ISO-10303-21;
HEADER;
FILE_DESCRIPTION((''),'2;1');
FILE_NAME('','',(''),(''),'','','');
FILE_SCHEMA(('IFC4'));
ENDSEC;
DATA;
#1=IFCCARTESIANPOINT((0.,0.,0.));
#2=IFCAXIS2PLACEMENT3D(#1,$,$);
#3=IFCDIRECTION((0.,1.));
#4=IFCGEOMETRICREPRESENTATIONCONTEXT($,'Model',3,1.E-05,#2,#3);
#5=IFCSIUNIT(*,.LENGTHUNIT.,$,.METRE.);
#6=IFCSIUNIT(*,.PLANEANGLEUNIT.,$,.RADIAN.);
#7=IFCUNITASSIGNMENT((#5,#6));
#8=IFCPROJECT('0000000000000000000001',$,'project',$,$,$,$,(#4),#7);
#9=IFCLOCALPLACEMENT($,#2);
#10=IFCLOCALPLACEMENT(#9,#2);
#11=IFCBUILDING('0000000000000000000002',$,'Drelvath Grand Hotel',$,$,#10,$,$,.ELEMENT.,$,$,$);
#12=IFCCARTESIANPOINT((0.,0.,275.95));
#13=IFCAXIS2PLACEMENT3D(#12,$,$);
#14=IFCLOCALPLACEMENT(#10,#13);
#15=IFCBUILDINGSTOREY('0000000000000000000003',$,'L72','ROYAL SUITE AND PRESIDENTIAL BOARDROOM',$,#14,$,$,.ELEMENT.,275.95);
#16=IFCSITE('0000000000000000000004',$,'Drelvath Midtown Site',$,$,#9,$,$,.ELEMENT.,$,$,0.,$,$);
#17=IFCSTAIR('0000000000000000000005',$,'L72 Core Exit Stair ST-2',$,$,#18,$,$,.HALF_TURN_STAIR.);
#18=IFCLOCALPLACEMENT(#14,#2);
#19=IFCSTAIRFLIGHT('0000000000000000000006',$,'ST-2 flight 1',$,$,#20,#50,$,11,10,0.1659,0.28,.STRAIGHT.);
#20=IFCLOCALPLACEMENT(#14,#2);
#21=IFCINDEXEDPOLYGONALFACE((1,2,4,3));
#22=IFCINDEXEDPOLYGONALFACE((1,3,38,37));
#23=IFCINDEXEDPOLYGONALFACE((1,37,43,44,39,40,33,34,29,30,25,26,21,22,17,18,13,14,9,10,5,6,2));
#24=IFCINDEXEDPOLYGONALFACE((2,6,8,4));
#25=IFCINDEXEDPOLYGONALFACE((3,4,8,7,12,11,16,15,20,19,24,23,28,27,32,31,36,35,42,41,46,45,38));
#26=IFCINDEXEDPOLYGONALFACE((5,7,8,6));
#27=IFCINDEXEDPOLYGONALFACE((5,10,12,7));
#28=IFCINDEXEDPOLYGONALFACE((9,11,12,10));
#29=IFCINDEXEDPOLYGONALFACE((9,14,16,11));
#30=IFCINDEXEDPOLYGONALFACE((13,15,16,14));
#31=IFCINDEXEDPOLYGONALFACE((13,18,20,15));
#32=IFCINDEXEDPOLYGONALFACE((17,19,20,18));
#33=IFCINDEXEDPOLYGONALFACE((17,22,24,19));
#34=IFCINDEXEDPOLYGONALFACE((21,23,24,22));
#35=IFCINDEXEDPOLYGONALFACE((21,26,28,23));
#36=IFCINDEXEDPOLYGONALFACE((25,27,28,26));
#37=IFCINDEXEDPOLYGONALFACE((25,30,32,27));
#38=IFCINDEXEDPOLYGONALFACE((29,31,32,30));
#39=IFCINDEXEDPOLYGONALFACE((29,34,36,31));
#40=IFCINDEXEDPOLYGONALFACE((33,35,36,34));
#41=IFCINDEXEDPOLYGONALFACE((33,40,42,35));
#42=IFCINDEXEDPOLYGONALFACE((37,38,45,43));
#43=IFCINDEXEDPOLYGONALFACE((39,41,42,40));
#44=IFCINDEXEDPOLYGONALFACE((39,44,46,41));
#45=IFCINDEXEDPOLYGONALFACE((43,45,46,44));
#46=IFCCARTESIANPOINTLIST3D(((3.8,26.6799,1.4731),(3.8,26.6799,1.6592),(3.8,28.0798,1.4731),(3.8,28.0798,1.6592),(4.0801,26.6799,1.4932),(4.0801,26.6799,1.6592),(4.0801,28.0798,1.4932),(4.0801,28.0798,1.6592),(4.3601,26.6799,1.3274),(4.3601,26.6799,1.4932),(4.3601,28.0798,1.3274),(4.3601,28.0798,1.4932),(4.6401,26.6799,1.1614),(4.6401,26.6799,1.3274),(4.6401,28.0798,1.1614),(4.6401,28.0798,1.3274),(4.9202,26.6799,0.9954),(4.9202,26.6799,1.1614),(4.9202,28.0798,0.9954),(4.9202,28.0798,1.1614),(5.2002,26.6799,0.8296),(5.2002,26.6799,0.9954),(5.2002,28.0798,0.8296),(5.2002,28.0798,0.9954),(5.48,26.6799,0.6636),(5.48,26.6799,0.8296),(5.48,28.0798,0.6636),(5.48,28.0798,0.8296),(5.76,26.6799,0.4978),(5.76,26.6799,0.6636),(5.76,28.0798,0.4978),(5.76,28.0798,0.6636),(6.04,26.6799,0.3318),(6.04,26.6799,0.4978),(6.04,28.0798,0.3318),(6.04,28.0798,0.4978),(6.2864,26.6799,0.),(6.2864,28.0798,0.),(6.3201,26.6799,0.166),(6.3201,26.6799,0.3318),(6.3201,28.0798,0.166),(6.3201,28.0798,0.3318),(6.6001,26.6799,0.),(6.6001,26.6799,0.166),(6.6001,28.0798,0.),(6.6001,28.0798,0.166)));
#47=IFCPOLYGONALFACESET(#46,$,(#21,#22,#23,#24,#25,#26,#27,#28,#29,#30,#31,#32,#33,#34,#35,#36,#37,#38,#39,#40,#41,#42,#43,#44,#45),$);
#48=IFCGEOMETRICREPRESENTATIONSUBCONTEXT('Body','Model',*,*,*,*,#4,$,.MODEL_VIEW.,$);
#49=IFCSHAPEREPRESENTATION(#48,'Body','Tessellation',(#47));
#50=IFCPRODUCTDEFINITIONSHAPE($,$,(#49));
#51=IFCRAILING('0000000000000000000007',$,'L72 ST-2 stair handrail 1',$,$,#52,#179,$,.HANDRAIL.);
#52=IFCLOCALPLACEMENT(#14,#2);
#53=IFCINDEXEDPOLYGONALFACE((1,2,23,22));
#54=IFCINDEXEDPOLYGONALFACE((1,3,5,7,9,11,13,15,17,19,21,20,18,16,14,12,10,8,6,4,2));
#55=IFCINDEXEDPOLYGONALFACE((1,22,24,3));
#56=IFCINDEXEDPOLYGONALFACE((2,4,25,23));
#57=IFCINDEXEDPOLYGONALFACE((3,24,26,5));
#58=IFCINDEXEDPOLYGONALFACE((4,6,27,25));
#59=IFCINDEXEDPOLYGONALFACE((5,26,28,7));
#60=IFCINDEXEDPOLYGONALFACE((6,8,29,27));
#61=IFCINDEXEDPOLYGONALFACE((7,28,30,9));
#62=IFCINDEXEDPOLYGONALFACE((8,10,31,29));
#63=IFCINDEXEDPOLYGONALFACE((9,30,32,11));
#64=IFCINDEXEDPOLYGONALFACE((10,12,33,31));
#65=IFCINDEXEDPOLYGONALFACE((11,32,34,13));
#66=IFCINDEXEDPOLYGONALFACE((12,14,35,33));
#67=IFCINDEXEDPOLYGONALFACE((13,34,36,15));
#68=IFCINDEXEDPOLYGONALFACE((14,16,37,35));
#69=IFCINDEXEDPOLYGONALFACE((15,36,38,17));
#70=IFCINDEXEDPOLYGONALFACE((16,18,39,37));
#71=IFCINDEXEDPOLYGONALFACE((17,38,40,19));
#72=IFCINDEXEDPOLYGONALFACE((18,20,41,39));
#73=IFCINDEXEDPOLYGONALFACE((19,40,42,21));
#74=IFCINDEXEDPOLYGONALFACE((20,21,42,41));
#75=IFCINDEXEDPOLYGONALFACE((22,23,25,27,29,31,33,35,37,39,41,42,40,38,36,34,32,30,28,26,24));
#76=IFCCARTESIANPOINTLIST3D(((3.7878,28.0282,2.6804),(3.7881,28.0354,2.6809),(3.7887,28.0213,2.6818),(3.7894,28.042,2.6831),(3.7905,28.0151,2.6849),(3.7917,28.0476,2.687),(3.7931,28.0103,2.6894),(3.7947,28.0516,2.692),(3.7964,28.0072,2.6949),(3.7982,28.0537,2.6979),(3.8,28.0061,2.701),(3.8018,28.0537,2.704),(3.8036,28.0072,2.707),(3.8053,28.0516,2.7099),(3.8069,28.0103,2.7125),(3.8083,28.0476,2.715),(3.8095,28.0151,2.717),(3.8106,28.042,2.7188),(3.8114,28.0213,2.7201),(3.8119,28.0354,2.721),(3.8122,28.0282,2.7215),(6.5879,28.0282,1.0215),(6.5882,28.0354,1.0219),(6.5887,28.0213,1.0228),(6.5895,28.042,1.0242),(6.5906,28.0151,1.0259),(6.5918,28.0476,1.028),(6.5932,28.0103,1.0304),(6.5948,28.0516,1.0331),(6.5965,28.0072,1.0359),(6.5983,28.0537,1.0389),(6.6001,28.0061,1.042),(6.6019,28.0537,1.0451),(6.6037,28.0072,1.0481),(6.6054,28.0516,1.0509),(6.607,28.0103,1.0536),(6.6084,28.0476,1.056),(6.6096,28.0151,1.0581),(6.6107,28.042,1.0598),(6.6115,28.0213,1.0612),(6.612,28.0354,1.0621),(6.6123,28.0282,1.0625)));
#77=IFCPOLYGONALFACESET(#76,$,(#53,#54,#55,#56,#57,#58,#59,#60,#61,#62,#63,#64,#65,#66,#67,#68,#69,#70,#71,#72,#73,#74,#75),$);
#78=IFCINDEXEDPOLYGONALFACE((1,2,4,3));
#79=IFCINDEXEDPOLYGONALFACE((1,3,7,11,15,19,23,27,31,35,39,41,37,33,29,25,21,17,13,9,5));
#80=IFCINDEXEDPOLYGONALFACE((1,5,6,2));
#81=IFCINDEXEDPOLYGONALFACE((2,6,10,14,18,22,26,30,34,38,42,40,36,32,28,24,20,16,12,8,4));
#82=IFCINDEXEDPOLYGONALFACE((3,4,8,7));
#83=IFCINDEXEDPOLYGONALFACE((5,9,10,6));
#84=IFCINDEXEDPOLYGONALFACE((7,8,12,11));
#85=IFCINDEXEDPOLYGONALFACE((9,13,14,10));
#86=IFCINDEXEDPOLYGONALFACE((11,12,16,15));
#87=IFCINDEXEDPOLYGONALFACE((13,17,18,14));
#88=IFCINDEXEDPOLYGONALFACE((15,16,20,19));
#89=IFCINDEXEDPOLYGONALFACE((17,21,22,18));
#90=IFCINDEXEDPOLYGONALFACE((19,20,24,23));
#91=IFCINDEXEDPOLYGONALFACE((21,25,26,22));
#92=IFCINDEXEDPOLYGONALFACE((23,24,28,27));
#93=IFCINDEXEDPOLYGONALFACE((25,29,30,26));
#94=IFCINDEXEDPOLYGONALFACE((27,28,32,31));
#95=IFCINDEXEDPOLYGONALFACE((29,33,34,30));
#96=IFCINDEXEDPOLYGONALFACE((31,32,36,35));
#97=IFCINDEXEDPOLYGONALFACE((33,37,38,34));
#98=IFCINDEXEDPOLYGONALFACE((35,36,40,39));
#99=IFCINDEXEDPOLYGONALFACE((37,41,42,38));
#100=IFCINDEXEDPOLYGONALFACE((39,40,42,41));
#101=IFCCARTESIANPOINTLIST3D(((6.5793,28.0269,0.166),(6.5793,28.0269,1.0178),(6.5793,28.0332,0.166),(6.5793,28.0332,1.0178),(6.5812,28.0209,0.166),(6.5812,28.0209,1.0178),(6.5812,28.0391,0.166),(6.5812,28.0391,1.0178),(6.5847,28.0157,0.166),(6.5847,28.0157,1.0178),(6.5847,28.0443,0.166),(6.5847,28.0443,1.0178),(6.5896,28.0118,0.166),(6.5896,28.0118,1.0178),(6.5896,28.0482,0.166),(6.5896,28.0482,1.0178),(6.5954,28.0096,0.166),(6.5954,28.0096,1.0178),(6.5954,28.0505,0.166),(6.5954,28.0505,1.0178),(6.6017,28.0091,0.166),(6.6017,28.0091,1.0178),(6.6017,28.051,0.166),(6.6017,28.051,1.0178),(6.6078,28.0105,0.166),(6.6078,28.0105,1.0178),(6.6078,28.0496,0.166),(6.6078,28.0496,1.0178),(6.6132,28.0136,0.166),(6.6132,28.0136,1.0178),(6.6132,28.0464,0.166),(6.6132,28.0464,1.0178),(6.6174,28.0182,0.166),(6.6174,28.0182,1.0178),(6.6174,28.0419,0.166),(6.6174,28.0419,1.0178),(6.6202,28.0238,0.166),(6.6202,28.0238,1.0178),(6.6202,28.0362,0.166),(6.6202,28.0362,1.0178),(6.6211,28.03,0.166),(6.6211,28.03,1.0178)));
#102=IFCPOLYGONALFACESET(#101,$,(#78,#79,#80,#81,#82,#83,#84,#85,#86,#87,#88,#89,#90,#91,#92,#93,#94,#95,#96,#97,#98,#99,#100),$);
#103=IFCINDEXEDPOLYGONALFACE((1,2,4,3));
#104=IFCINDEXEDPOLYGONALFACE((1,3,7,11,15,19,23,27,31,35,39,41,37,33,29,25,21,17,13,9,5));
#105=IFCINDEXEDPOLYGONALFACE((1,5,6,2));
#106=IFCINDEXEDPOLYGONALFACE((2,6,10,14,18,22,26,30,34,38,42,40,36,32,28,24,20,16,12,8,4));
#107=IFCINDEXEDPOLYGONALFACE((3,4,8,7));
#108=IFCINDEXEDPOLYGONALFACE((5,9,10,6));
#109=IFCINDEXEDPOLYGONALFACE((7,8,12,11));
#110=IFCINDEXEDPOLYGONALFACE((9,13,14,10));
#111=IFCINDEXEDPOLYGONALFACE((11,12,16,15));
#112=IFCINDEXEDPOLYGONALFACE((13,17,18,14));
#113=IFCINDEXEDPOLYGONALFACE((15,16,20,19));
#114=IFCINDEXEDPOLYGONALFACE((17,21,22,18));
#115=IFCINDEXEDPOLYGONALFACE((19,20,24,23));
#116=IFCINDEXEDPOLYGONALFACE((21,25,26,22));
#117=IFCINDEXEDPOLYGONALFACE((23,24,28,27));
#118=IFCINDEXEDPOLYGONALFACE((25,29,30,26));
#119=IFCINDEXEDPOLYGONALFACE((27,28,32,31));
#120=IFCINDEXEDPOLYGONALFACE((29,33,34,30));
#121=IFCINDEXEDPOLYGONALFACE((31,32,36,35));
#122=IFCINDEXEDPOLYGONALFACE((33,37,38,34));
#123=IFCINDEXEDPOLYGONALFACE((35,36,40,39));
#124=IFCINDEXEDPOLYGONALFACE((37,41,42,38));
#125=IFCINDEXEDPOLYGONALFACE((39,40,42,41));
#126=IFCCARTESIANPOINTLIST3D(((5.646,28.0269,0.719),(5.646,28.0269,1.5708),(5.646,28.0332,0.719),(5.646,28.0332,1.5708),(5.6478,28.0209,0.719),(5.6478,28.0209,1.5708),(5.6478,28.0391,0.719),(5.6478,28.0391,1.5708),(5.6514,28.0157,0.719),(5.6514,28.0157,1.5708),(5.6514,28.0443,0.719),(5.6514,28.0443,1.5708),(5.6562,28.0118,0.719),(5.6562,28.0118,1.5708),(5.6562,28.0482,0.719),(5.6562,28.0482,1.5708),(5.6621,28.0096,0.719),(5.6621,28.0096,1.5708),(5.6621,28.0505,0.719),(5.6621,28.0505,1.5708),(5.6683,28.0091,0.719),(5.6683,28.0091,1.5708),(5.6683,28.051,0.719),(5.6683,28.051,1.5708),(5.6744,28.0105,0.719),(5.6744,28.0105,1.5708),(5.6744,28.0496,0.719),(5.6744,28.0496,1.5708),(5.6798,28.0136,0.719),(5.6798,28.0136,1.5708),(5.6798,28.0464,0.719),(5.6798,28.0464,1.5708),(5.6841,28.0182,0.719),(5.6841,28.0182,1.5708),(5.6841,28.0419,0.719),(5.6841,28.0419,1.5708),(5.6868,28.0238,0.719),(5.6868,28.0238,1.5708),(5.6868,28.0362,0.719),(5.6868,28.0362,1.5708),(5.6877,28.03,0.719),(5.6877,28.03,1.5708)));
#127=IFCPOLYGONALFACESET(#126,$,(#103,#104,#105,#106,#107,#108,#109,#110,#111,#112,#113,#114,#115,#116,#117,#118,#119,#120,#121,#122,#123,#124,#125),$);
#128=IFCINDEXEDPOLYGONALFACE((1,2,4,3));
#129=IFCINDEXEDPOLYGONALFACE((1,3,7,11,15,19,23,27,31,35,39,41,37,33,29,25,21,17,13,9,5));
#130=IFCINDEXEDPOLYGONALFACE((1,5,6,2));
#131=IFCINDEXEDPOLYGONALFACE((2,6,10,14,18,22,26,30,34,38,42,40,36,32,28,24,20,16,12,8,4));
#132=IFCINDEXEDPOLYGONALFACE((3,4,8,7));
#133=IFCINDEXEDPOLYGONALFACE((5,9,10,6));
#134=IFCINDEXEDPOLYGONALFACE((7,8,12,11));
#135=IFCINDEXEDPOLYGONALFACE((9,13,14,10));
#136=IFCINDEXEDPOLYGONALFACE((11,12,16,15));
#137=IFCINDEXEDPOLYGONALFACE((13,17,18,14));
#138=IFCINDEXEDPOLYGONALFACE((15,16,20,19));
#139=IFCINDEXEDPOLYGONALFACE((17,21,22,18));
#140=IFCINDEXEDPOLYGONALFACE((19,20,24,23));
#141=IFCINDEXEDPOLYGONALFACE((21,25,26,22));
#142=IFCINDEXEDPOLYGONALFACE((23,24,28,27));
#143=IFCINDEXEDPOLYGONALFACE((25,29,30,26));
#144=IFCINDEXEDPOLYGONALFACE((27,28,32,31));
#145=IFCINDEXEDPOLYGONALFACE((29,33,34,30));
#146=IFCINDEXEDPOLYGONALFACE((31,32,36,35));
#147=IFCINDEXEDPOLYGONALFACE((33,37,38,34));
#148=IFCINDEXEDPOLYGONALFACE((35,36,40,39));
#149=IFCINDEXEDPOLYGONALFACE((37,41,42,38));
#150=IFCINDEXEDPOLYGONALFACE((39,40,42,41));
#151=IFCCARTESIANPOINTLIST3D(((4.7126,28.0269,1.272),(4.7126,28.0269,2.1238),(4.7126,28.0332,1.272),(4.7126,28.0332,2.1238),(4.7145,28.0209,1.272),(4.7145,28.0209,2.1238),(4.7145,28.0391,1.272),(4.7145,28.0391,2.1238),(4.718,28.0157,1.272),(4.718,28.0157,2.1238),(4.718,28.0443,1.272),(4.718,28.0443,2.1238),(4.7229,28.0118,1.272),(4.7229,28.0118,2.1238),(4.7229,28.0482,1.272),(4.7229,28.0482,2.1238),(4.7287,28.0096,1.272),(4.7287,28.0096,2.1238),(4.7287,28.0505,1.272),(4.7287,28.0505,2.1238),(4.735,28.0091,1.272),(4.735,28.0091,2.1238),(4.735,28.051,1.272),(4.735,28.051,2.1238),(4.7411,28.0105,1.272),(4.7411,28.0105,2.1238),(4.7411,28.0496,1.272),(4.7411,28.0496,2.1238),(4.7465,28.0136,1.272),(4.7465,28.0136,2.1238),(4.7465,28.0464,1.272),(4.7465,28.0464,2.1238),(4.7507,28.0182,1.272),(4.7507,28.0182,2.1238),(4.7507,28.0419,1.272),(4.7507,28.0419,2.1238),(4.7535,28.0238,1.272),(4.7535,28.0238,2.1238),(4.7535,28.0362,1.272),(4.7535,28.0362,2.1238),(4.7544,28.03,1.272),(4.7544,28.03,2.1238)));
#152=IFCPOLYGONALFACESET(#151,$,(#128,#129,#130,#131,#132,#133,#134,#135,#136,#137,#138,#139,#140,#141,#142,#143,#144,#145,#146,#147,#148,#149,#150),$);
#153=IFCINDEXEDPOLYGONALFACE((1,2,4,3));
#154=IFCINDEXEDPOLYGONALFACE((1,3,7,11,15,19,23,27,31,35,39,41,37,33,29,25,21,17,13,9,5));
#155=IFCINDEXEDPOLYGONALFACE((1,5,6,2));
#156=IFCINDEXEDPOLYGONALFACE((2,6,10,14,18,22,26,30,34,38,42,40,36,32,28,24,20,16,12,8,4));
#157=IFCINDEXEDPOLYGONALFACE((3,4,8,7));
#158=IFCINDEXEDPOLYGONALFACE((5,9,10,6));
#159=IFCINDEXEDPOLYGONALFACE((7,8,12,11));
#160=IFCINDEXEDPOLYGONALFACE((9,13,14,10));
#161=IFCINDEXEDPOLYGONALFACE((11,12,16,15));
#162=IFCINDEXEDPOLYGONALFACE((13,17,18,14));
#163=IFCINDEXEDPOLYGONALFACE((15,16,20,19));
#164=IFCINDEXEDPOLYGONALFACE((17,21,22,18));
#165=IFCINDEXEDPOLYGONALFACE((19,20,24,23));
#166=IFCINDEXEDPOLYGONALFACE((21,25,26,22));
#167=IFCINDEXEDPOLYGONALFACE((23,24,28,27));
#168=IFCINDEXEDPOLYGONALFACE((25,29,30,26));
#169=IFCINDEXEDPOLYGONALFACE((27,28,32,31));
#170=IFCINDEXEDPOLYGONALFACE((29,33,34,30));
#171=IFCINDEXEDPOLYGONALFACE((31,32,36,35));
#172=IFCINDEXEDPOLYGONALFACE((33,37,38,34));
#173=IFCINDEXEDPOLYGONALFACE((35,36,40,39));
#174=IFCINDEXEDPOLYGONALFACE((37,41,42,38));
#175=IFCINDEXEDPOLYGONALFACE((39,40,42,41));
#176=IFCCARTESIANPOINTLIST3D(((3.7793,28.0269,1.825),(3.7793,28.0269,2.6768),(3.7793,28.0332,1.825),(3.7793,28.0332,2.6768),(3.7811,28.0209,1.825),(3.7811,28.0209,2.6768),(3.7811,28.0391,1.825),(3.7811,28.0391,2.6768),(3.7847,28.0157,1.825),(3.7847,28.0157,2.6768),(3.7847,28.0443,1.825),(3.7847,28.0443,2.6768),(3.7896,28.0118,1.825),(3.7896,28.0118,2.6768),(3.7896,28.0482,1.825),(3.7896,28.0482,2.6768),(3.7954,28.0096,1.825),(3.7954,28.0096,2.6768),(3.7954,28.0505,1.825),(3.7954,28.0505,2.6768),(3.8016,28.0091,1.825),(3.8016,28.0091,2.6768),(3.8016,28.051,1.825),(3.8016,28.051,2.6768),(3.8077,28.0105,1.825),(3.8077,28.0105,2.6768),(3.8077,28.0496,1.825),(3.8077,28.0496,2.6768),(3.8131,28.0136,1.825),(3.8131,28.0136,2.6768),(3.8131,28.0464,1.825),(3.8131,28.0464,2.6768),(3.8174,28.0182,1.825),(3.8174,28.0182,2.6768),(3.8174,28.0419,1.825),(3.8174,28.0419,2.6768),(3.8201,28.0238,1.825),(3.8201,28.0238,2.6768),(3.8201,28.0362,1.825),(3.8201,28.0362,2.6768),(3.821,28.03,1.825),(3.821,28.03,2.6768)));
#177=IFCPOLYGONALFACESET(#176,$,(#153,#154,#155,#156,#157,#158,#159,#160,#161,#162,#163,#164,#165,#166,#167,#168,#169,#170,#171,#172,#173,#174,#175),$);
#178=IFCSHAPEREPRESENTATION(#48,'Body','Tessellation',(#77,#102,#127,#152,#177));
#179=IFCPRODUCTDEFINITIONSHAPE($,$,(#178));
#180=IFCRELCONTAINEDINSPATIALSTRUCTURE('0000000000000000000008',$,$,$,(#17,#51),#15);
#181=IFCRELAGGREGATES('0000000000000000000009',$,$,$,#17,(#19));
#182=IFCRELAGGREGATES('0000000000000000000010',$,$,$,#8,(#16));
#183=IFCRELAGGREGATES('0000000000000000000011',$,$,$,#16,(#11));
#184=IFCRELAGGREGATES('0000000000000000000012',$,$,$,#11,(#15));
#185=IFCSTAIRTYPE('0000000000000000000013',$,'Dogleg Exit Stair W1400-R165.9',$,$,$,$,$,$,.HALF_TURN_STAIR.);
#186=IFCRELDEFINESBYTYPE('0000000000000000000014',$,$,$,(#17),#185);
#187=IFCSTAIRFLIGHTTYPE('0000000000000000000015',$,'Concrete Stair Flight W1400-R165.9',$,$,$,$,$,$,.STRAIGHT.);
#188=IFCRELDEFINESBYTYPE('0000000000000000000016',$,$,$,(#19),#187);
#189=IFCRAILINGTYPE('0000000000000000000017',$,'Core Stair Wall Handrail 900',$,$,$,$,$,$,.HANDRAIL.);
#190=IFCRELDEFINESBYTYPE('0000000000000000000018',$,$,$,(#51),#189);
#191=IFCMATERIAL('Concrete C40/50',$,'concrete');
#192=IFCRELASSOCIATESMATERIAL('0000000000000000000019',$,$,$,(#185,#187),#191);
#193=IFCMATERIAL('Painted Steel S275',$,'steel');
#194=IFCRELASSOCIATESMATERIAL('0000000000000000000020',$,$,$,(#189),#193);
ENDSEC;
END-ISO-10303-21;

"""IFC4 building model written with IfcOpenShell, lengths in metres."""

from ifc_helpers import new_model, si_unit, direction, frame, origin, origin_2d, place, context, subcontext, project, spatial, polyline, circle, outline, extrude, material, type_object, element, aggregate, save


model = new_model("IFC4")

# Units and contexts
model_context = context("Model", 3, precision=1e-05, world=origin(), true_north=direction((0.0, 1.0)))
body_context = subcontext(model_context, "Body", "Model", "MODEL_VIEW")
ifc_project = project(units=[si_unit("LENGTHUNIT", "METRE"), si_unit("PLANEANGLEUNIT", "RADIAN")], contexts=[model_context])

# Site, building, storey
site_placement = place(None, origin())
site = spatial("IfcSite", under=ifc_project, at=site_placement, Name="Drelvath Midtown Site", CompositionType="ELEMENT", RefElevation=0.0)
building_placement = place(site_placement, origin())
building = spatial("IfcBuilding", under=site, at=building_placement, Name="Drelvath Grand Hotel", CompositionType="ELEMENT")
storey_placement = place(building_placement, frame((0.0, 0.0, 275.95)))
storey = spatial("IfcBuildingStorey", under=building, at=storey_placement, Name="L72", Description="ROYAL SUITE AND PRESIDENTIAL BOARDROOM", CompositionType="ELEMENT", Elevation=275.95)

# Shared definitions
ifc_material_1 = material(Name="Concrete C40/50", Category="concrete")

# Shared definitions
ifc_material_2 = material(Name="Painted Steel S275", Category="steel")

# Stair, stair flight
stair_type = type_object("IfcStairType", Name="Dogleg Exit Stair W1400-R165.9", PredefinedType="HALF_TURN_STAIR", material=ifc_material_1)
stair_placement = place(storey_placement, origin())
stair = element("IfcStair", 1, at=stair_placement, inside=storey, type_object=stair_type, Name="L72 Core Exit Stair ST-2", PredefinedType="HALF_TURN_STAIR")
stair_flight_type = type_object("IfcStairFlightType", Name="Concrete Stair Flight W1400-R165.9", PredefinedType="STRAIGHT", material=ifc_material_1)
stair_flight_placement = place(storey_placement, frame((6.6001, 27.3799, 0.0), z_axis=(0.0, 0.0, 1.0), x_axis=(-1.0, 0.0, 0.0)))
stair_flight = element("IfcStairFlight", 2, at=stair_flight_placement, type_object=stair_flight_type, Name="ST-2 flight 1", NumberOfRisers=11, NumberOfTreads=10, PredefinedType="STRAIGHT", RiserHeight=0.1659, TreadLength=0.28, context=body_context, shape_type="SweptSolid", body=[
    extrude(outline(polyline([(0.0, 0.0), (0.0, 0.166), (0.28, 0.166), (0.28, 0.3318), (0.5601, 0.3318), (0.5601, 0.4978), (0.8401, 0.4978), (0.8401, 0.6636), (1.1201, 0.6636), (1.1201, 0.8296), (1.3999, 0.8296), (1.3999, 0.9954), (1.6799, 0.9954), (1.6799, 1.1614), (1.96, 1.1614), (1.96, 1.3274), (2.24, 1.3274), (2.24, 1.4932), (2.52, 1.4932), (2.52, 1.6592), (2.8, 1.6592), (2.8, 1.825), (2.8, 1.4731), (0.3137, 0.0), (0.0, 0.0)])), frame((0.0, 0.7, 0.0), z_axis=(0.0, -1.0, 0.0), x_axis=(1.0, 0.0, 0.0)), (0.0, 0.0, 1.0), 1.3999),
])
aggregate(stair, [stair_flight])

# Railing
railing_type = type_object("IfcRailingType", Name="Core Stair Wall Handrail 900", PredefinedType="HANDRAIL", material=ifc_material_2)
railing_placement = place(storey_placement, frame((6.6001, 28.03, 0.166)))
element("IfcRailing", 3, at=railing_placement, inside=storey, type_object=railing_type, Name="L72 ST-2 stair handrail 1", PredefinedType="HANDRAIL", context=body_context, shape_type="SweptSolid", body=[
    extrude(circle(Radius=0.0239, at=origin_2d()), frame((0.0, 0.0, 0.876), z_axis=(-0.860339, 0.0, 0.509722), x_axis=(0.0, -1.0, 0.0)), (0.0, 0.0, 1.0), 3.2546),
    extrude(circle(Radius=0.021, at=origin_2d()), origin(), (0.0, 0.0, 1.0), 0.8518),
    extrude(circle(Radius=0.021, at=origin_2d()), frame((-0.9333, 0.0, 0.553)), (0.0, 0.0, 1.0), 0.8518),
    extrude(circle(Radius=0.021, at=origin_2d()), frame((-1.8667, 0.0, 1.106)), (0.0, 0.0, 1.0), 0.8518),
    extrude(circle(Radius=0.021, at=origin_2d()), frame((-2.8, 0.0, 1.6589)), (0.0, 0.0, 1.0), 0.8518),
])

save(model, "model.ifc")
